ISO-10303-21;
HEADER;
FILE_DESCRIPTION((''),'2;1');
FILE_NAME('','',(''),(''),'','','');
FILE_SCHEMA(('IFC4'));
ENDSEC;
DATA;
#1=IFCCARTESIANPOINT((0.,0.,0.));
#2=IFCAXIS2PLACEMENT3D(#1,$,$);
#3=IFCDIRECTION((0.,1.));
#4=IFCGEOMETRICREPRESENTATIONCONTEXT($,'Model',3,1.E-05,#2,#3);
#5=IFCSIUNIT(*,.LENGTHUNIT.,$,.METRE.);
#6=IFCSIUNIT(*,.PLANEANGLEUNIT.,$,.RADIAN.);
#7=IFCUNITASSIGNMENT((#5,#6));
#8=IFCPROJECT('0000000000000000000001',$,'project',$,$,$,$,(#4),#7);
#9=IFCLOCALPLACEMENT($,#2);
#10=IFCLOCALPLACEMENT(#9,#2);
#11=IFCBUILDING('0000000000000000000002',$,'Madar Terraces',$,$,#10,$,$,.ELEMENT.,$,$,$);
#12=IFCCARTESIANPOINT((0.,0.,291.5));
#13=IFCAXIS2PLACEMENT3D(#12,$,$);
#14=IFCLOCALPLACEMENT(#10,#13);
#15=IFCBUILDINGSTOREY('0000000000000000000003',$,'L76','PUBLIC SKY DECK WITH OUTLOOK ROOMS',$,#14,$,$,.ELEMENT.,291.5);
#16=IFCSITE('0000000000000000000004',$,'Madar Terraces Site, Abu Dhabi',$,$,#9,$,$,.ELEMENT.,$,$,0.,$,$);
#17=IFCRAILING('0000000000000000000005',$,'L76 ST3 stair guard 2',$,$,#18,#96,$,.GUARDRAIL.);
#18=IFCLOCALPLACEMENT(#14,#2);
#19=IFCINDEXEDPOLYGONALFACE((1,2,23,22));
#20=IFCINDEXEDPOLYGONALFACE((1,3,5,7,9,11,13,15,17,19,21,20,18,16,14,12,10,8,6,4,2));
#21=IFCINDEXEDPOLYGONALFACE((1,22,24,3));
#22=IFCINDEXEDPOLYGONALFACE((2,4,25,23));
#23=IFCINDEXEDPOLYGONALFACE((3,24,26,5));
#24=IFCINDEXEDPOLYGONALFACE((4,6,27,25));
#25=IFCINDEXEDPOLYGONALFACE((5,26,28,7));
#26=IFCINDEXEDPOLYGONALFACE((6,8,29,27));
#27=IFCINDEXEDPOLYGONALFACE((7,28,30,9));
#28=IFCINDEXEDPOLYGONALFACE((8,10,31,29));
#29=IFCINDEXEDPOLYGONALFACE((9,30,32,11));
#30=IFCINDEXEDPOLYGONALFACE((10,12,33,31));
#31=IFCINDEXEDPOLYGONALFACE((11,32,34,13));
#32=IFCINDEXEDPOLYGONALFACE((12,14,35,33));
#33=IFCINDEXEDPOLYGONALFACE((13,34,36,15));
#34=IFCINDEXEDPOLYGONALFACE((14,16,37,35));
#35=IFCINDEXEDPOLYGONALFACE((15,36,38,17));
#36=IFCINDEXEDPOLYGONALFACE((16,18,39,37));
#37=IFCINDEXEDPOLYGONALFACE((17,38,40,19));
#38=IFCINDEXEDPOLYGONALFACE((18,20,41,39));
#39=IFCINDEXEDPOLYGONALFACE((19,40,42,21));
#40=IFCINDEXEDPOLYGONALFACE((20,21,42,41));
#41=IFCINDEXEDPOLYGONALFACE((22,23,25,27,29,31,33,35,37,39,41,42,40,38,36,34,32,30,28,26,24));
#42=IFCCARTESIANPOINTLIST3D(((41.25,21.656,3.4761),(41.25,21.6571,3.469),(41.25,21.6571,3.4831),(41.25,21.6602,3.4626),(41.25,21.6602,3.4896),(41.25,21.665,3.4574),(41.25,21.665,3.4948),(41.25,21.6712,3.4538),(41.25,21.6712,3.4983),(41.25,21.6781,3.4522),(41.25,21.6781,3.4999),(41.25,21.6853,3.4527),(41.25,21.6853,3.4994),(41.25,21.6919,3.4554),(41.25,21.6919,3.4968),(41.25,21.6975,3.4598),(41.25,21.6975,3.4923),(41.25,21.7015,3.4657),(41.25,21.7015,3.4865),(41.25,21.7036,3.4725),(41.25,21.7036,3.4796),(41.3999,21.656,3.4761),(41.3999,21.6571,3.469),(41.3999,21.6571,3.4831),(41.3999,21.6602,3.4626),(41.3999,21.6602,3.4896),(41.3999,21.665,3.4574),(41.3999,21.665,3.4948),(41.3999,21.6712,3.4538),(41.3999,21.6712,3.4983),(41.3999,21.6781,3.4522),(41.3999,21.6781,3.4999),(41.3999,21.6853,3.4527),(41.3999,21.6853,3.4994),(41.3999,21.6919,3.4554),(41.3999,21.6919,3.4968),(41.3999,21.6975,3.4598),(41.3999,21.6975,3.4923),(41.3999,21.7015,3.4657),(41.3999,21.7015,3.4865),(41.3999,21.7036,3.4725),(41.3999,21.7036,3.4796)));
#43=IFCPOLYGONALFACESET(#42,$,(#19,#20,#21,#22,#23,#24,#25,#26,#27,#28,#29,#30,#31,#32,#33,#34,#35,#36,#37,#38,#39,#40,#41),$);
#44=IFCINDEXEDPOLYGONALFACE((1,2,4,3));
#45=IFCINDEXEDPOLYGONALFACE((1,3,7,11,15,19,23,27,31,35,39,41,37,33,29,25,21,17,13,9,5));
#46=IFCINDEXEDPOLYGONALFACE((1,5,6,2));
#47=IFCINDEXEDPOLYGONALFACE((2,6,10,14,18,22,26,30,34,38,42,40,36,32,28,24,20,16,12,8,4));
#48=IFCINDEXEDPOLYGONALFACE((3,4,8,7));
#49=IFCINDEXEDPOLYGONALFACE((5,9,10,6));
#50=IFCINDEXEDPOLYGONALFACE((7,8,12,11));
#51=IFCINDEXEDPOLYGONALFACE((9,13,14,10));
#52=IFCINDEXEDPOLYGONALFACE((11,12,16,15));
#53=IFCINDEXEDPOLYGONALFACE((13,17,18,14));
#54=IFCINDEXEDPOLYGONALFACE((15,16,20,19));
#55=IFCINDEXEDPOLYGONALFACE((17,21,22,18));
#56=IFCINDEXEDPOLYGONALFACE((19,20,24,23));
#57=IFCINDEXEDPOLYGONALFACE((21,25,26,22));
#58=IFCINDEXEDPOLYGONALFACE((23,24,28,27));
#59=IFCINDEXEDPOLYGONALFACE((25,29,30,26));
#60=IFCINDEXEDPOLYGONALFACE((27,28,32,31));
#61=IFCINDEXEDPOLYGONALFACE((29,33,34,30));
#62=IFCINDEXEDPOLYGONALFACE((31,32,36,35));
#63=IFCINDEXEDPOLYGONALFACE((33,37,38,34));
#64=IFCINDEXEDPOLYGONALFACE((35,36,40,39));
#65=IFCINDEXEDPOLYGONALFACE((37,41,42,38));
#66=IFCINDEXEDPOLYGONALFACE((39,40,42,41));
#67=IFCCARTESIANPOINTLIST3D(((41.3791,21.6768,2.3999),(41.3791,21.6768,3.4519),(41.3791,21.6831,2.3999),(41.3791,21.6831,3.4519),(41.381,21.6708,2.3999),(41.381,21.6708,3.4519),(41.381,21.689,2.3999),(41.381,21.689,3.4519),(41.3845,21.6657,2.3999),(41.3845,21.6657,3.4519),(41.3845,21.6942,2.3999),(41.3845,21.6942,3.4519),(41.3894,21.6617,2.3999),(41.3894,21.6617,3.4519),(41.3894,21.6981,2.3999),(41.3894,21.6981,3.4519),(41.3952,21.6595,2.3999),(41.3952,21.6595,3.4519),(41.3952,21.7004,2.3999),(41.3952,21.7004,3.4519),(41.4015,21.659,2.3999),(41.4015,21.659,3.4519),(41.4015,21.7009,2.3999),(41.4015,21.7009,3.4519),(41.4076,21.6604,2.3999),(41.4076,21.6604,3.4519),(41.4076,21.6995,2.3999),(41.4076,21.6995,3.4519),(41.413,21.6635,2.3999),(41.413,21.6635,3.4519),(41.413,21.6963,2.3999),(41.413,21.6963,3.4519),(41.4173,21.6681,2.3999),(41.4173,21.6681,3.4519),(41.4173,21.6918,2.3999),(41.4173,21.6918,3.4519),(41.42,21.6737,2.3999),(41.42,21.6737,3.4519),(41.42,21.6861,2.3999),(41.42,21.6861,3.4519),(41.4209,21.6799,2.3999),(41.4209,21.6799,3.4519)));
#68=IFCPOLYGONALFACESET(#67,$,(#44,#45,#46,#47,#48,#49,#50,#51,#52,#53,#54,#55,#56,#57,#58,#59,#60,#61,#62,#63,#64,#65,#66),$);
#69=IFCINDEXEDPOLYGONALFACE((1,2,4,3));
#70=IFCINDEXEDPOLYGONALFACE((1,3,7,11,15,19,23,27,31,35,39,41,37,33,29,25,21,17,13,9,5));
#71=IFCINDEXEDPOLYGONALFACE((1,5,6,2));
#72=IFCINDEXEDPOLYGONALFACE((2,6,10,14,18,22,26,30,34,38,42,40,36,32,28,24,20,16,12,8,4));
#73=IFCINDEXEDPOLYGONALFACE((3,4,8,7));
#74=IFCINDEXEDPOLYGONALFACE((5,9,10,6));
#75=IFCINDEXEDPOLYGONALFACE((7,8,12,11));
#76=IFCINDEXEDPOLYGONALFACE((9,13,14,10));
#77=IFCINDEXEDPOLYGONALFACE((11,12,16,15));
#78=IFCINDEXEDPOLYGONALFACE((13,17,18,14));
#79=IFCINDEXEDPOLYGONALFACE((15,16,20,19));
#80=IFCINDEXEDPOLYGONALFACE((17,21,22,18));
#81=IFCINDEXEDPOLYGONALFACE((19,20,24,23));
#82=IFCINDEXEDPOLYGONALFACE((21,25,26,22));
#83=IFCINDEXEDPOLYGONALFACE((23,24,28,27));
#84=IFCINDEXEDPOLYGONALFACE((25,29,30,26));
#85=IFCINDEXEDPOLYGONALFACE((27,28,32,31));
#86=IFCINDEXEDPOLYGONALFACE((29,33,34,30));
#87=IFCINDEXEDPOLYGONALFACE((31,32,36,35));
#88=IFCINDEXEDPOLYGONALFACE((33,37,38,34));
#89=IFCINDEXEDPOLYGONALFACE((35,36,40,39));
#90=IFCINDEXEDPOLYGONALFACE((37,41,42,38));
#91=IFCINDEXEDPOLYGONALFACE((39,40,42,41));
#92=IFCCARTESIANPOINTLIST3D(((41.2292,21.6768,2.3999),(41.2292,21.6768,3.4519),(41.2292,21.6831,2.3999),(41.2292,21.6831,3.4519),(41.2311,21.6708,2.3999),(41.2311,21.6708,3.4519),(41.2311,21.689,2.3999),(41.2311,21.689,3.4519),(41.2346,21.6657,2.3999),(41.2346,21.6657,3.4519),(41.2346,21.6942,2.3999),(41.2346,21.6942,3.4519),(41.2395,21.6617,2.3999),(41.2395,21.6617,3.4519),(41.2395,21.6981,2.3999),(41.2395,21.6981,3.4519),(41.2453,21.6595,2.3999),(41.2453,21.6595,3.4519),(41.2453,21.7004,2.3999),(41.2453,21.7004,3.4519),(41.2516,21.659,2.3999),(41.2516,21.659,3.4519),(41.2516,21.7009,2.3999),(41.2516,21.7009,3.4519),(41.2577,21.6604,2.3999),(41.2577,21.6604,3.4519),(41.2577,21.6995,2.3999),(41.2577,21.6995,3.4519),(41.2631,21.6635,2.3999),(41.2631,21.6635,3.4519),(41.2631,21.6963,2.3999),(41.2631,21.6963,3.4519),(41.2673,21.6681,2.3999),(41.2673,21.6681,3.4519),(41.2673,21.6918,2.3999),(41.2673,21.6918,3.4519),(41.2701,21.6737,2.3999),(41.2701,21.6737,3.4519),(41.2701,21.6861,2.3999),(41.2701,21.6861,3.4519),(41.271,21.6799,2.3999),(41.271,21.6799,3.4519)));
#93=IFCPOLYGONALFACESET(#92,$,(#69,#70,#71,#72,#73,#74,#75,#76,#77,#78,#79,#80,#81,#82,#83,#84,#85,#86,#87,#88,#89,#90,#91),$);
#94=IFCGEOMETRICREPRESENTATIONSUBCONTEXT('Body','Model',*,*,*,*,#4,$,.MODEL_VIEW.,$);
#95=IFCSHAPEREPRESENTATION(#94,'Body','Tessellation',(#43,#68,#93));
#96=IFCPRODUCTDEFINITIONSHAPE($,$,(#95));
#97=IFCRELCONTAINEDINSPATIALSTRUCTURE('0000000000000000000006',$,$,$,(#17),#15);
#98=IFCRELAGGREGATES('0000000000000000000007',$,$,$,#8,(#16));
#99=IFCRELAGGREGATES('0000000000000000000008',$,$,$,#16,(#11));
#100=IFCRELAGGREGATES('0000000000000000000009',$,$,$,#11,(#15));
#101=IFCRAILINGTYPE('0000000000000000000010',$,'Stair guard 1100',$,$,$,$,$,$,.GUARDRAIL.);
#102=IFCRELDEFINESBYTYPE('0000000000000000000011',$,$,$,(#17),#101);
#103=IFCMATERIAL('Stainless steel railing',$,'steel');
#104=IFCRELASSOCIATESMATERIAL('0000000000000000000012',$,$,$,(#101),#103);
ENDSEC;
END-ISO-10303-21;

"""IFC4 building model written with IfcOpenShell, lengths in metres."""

from ifc_helpers import new_model, si_unit, direction, frame, origin, origin_2d, place, context, subcontext, project, spatial, circle, extrude, material, type_object, element, save


model = new_model("IFC4")

# Units and contexts
model_context = context("Model", 3, precision=1e-05, world=origin(), true_north=direction((0.0, 1.0)))
body_context = subcontext(model_context, "Body", "Model", "MODEL_VIEW")
ifc_project = project(units=[si_unit("LENGTHUNIT", "METRE"), si_unit("PLANEANGLEUNIT", "RADIAN")], contexts=[model_context])

# Site, building, storey
site_placement = place(None, origin())
site = spatial("IfcSite", under=ifc_project, at=site_placement, Name="Madar Terraces Site, Abu Dhabi", CompositionType="ELEMENT", RefElevation=0.0)
building_placement = place(site_placement, origin())
building = spatial("IfcBuilding", under=site, at=building_placement, Name="Madar Terraces", CompositionType="ELEMENT")
storey_placement = place(building_placement, frame((0.0, 0.0, 291.5)))
storey = spatial("IfcBuildingStorey", under=building, at=storey_placement, Name="L76", Description="PUBLIC SKY DECK WITH OUTLOOK ROOMS", CompositionType="ELEMENT", Elevation=291.5)

# Railing
ifc_material_1 = material(Name="Stainless steel railing", Category="steel")
railing_type_1 = type_object("IfcRailingType", Name="Stair guard 1100", PredefinedType="GUARDRAIL", material=ifc_material_1)
railing_1_placement = place(storey_placement, frame((41.3999, 21.6799, 2.3999)))
element("IfcRailing", 1, at=railing_1_placement, inside=storey, type_object=railing_type_1, Name="L76 ST3 stair guard 2", PredefinedType="GUARDRAIL", context=body_context, shape_type="SweptSolid", body=[
    extrude(circle(Radius=0.0239, at=origin_2d()), frame((0.0, 0.0, 1.0762), z_axis=(-1.0, 0.0, 0.0), x_axis=(0.0, -1.0, 0.0)), (0.0, 0.0, 1.0), 0.1499),
    extrude(circle(Radius=0.021, at=origin_2d()), origin(), (0.0, 0.0, 1.0), 1.052),
    extrude(circle(Radius=0.021, at=origin_2d()), frame((-0.1499, 0.0, 0.0)), (0.0, 0.0, 1.0), 1.052),
])

save(model, "model.ifc")
